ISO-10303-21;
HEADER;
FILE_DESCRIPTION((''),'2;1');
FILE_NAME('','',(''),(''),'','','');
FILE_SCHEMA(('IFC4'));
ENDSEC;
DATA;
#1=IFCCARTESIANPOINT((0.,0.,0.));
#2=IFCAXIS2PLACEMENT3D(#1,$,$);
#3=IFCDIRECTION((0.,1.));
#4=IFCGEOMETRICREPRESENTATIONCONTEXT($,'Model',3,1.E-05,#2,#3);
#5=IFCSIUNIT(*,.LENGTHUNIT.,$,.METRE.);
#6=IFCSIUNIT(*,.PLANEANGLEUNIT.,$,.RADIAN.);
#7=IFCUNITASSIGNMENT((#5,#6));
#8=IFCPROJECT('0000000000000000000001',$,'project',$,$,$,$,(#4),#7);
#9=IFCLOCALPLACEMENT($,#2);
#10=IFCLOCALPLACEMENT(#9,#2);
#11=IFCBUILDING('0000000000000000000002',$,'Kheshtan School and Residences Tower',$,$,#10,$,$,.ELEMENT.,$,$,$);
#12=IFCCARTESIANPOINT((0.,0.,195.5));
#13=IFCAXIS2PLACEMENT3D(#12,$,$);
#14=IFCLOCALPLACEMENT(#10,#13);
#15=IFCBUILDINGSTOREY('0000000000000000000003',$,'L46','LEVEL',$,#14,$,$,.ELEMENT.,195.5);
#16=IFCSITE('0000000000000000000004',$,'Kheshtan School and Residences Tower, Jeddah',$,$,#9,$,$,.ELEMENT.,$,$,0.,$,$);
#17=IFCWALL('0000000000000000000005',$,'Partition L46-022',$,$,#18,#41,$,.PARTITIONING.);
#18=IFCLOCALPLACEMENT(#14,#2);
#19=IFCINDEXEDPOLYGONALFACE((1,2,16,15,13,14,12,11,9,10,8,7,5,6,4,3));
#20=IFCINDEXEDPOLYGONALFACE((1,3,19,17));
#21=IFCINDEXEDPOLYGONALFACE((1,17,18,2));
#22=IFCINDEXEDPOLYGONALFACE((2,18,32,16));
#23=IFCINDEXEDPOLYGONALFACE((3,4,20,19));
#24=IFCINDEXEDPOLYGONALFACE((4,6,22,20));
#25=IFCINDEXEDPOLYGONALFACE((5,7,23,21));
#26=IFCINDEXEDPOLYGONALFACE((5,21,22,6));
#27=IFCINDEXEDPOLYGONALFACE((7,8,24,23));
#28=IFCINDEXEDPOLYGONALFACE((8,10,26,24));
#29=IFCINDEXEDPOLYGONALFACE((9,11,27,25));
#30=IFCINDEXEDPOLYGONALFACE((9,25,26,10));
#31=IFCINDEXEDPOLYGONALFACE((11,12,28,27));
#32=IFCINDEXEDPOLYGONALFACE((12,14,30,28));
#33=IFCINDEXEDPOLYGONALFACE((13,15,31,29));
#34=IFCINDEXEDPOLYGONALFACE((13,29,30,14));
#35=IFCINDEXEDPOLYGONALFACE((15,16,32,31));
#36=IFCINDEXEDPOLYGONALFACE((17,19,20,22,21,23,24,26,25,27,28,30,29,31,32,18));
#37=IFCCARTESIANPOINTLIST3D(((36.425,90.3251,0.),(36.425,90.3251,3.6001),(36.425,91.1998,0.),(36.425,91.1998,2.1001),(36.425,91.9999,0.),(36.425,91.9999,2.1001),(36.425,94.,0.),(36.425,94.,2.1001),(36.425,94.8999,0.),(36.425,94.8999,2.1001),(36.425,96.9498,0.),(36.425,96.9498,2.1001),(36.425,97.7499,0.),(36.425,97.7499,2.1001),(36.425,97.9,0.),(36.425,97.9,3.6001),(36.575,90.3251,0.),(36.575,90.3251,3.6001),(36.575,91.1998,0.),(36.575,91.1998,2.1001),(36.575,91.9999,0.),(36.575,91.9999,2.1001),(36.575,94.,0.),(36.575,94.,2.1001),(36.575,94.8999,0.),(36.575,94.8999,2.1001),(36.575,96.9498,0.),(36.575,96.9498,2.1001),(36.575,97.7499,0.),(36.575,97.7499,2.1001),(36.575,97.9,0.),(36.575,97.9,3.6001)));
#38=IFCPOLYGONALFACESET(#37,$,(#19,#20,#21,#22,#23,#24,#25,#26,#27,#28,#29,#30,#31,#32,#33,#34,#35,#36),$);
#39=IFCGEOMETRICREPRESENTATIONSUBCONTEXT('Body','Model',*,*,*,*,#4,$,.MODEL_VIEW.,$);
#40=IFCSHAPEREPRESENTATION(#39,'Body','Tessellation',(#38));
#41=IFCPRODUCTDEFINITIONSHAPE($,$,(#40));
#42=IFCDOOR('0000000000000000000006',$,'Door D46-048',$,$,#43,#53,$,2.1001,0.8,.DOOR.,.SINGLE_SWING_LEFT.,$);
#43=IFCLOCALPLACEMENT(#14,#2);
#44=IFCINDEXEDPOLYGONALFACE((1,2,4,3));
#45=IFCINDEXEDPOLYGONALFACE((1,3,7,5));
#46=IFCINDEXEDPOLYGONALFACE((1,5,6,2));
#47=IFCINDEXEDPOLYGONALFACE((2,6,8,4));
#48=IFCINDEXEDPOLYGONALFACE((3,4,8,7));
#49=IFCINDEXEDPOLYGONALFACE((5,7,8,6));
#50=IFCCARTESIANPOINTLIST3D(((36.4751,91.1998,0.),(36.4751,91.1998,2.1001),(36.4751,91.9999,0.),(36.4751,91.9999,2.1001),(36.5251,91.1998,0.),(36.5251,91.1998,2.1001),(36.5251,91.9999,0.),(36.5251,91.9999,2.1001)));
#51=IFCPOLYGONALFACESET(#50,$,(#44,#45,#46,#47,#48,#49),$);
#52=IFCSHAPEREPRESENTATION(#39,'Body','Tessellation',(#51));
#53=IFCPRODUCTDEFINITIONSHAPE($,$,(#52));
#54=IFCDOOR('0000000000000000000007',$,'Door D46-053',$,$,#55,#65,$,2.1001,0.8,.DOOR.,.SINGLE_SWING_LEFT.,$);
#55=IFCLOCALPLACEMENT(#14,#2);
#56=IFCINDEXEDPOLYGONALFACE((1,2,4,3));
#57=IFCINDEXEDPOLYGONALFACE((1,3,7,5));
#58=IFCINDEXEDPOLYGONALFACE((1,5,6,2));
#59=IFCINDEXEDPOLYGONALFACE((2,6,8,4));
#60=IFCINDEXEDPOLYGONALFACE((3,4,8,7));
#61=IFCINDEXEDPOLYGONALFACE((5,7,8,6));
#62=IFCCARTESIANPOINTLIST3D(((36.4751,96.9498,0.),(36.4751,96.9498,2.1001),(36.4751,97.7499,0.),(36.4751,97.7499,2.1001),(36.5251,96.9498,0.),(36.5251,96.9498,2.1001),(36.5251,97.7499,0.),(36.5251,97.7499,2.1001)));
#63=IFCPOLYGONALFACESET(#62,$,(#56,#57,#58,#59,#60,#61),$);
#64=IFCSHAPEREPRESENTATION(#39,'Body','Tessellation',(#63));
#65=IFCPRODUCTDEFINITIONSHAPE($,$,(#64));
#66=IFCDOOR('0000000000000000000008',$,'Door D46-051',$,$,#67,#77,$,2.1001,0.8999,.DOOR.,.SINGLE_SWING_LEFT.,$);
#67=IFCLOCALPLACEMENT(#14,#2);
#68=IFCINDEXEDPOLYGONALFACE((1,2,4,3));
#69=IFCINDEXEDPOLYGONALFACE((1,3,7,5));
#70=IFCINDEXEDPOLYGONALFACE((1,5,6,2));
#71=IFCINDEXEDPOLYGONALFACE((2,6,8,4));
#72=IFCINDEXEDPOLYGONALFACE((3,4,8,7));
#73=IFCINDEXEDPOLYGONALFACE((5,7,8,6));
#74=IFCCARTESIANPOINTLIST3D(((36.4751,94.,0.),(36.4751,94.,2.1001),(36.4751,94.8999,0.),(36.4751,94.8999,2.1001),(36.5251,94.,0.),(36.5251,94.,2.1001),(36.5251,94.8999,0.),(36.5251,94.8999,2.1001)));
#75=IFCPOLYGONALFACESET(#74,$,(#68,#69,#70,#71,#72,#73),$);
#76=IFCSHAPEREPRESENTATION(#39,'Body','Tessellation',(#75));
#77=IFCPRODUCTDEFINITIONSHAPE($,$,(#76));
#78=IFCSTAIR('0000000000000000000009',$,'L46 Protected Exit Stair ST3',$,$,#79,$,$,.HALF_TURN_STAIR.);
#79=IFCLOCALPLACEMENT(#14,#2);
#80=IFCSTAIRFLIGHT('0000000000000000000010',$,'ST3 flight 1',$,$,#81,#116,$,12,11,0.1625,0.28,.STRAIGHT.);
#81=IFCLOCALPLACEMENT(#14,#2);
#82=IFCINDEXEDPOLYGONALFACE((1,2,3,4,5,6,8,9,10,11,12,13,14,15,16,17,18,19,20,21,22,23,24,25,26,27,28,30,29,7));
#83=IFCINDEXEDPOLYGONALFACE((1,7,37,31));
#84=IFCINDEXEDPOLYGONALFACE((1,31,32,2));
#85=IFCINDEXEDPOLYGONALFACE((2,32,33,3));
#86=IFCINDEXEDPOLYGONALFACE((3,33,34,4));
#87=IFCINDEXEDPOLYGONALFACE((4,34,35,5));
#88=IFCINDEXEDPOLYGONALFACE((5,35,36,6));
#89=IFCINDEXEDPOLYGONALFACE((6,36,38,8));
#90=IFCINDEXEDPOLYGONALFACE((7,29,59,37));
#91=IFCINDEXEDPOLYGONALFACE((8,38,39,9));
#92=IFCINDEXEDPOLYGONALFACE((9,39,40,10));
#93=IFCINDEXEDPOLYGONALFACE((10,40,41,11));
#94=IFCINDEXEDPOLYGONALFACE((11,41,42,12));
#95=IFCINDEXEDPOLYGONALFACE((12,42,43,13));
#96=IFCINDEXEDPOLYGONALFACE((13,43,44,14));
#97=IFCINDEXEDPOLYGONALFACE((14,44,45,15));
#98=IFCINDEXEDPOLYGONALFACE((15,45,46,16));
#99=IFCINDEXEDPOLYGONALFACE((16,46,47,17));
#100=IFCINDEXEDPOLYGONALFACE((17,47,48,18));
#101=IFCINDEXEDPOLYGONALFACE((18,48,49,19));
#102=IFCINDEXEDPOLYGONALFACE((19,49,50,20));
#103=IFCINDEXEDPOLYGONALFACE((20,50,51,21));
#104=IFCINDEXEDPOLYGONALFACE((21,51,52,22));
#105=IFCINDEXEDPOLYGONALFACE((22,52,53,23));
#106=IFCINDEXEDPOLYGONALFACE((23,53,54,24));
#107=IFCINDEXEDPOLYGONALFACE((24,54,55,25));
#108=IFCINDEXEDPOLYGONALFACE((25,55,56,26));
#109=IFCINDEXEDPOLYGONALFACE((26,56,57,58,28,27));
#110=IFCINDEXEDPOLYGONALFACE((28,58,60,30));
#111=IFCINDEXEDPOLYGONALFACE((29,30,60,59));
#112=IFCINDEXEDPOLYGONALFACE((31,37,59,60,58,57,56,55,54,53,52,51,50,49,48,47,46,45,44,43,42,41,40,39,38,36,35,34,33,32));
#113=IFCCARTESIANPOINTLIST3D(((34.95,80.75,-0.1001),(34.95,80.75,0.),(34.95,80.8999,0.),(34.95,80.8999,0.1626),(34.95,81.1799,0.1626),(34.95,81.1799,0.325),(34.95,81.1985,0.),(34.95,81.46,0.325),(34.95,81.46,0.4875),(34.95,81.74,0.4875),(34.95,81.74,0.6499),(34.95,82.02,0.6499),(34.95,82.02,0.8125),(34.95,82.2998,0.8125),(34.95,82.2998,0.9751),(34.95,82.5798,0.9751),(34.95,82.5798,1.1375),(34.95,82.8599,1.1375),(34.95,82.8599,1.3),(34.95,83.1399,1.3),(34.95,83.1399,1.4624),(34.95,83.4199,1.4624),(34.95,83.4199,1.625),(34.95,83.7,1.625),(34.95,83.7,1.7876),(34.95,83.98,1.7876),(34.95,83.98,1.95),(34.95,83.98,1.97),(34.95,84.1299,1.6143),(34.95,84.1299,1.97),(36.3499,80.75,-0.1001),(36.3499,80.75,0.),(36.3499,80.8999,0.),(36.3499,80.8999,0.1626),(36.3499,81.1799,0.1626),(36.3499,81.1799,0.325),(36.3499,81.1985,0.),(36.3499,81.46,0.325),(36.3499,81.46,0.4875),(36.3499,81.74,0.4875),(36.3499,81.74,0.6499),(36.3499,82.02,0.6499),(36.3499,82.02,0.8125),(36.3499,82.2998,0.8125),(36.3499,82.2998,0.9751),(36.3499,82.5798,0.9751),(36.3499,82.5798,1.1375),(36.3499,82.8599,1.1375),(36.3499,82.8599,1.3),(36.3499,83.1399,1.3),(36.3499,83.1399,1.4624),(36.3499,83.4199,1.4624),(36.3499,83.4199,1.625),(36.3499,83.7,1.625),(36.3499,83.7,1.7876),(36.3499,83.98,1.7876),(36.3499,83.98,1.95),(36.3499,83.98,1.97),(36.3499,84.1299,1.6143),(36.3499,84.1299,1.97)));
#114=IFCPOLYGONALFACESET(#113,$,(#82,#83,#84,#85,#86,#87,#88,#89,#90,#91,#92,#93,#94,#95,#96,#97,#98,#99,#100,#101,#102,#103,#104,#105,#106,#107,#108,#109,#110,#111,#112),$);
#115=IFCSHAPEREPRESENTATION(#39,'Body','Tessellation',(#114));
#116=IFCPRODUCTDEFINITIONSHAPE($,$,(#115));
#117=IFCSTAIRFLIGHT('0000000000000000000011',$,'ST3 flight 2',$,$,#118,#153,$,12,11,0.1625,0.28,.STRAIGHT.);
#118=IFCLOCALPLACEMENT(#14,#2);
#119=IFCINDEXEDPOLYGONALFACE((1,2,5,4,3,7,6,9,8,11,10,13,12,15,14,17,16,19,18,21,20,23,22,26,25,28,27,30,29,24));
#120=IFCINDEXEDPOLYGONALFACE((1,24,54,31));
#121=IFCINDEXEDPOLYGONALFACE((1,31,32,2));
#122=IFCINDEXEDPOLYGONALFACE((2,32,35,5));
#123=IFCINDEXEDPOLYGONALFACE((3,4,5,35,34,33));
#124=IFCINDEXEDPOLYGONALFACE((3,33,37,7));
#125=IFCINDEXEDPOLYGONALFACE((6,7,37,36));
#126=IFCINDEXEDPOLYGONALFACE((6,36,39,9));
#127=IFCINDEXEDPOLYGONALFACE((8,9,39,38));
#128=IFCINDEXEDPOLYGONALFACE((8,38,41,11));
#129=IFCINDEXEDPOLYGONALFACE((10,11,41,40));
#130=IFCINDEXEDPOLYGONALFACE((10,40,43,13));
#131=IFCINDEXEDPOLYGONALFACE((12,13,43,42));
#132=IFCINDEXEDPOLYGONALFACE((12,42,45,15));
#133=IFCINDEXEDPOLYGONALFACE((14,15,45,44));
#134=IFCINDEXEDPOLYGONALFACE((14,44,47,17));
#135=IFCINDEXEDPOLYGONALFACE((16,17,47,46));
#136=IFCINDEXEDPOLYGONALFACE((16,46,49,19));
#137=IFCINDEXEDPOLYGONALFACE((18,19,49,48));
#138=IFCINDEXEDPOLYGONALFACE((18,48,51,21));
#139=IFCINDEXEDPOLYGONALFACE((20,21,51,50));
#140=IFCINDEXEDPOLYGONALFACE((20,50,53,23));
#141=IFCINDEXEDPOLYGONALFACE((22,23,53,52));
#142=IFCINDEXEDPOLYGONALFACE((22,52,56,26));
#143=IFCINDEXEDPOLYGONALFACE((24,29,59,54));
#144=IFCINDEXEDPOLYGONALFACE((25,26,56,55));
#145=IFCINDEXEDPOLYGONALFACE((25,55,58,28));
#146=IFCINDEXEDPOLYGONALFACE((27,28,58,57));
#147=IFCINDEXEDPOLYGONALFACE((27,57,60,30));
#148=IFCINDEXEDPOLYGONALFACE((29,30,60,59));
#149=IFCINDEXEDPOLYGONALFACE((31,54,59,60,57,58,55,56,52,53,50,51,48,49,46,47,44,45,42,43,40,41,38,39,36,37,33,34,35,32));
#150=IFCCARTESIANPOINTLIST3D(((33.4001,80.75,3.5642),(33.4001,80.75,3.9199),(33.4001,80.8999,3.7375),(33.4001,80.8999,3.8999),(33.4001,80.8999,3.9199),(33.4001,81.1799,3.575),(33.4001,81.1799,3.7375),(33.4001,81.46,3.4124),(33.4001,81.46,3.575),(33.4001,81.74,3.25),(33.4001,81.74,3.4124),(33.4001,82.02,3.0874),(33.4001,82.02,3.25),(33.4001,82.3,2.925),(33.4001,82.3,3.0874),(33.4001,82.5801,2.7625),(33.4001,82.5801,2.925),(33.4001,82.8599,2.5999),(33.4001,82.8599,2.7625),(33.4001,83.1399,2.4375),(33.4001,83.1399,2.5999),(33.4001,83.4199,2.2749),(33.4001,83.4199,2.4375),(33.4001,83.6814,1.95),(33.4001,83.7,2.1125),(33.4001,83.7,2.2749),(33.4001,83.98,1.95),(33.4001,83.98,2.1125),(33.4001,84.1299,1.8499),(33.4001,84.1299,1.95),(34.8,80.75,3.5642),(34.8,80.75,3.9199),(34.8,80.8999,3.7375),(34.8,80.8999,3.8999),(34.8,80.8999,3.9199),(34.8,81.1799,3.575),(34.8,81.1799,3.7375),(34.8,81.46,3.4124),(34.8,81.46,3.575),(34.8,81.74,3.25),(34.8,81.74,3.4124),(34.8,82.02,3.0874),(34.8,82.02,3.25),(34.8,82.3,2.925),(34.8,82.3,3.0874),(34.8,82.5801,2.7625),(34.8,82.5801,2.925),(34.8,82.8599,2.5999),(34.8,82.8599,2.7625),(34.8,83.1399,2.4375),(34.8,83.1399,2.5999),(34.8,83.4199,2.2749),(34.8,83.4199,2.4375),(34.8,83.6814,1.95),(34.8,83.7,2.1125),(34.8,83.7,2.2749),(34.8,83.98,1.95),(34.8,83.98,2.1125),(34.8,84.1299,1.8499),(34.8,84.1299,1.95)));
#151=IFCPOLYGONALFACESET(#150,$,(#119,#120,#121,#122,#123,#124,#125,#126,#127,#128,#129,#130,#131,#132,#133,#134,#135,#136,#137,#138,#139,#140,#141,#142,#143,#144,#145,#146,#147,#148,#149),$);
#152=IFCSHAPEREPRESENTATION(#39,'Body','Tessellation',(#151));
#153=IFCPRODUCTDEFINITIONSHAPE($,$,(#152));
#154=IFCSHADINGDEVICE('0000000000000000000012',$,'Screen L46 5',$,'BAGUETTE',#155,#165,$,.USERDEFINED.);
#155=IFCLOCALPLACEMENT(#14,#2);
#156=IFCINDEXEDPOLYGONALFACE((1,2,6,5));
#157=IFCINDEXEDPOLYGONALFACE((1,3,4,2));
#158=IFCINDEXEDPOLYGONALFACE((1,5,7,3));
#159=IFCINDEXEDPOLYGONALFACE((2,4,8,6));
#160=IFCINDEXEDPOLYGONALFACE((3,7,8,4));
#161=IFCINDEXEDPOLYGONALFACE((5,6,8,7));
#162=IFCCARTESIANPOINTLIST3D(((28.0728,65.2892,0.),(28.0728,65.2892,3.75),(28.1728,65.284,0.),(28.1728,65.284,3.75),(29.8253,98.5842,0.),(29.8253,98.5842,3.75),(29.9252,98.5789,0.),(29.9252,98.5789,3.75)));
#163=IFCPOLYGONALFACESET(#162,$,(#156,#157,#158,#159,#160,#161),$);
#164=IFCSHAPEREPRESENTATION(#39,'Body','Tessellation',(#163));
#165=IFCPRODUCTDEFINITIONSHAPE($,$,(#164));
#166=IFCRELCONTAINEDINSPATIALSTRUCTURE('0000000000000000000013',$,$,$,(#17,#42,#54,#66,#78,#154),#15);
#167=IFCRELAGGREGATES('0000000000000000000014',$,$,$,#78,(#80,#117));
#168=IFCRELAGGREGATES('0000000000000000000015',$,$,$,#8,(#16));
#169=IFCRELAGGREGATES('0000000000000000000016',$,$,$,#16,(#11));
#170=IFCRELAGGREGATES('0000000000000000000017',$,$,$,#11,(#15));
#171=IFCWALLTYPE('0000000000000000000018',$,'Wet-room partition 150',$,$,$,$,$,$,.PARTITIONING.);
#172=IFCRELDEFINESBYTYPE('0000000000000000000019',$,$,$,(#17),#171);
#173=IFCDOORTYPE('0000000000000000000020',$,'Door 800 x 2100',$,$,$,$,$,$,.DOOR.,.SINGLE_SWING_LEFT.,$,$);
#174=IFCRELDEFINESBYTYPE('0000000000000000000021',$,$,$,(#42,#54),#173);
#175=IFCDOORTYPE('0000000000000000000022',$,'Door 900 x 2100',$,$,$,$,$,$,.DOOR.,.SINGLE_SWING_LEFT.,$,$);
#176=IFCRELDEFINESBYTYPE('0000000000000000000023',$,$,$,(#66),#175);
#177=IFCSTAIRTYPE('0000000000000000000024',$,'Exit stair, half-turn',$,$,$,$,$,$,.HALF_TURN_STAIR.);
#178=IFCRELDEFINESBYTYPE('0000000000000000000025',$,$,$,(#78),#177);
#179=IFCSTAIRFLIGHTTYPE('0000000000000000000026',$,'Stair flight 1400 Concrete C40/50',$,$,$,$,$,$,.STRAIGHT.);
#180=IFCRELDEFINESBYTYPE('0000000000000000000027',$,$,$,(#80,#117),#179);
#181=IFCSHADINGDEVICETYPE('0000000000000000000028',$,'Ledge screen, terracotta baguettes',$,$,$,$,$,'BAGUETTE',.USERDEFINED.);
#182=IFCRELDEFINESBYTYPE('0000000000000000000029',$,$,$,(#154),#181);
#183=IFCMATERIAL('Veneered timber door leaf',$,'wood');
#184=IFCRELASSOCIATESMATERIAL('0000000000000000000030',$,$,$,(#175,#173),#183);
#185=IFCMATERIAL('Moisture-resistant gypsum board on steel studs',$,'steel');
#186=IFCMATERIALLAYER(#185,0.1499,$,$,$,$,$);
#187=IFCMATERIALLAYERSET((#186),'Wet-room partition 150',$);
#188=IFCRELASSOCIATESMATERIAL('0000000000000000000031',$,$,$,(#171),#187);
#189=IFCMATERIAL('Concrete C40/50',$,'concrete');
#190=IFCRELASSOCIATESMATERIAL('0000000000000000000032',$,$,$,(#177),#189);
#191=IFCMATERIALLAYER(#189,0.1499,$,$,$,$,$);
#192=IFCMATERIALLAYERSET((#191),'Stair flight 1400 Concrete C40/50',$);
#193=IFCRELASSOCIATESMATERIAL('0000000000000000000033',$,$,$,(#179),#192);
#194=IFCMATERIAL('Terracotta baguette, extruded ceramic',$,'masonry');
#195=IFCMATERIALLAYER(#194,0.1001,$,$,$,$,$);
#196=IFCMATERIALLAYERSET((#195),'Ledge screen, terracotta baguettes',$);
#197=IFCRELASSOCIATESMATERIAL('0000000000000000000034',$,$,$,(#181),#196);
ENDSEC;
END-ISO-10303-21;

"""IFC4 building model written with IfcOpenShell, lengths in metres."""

from ifc_helpers import new_model, si_unit, direction, frame, frame_2d, origin, origin_2d, place, context, subcontext, project, spatial, polyline, rectangle, outline, extrude, source, transform, mapped, material, layer, layer_set, type_object, element, fill, aggregate, save


model = new_model("IFC4")

# Units and contexts
model_context = context("Model", 3, precision=1e-05, world=origin(), true_north=direction((0.0, 1.0)))
body_context = subcontext(model_context, "Body", "Model", "MODEL_VIEW")
ifc_project = project(units=[si_unit("LENGTHUNIT", "METRE"), si_unit("PLANEANGLEUNIT", "RADIAN")], contexts=[model_context])

# Site, building, storey
site_placement = place(None, origin())
site = spatial("IfcSite", under=ifc_project, at=site_placement, Name="Kheshtan School and Residences Tower, Jeddah", CompositionType="ELEMENT", RefElevation=0.0)
building_placement = place(site_placement, origin())
building = spatial("IfcBuilding", under=site, at=building_placement, Name="Kheshtan School and Residences Tower", CompositionType="ELEMENT")
storey_placement = place(building_placement, frame((0.0, 0.0, 195.5)))
storey = spatial("IfcBuildingStorey", under=building, at=storey_placement, Name="L46", Description="LEVEL", CompositionType="ELEMENT", Elevation=195.5)

# Shared definitions
ifc_material_1 = material(Name="Veneered timber door leaf", Category="wood")
door_type_1 = type_object("IfcDoorType", Name="Door 900 x 2100", OperationType="SINGLE_SWING_LEFT", PredefinedType="DOOR", material=ifc_material_1)
shared_shape_1 = source(origin(), body_context, "Body", "SweptSolid", [
    extrude(rectangle(XDim=0.8999, YDim=2.1001, at=frame_2d((0.45, 1.05))), frame((0.0, 0.0249, 0.0), z_axis=(0.0, -1.0, 0.0), x_axis=(1.0, 0.0, 0.0)), (0.0, 0.0, 1.0), 0.05),
])

# Shared definitions
ifc_material_2 = material(Name="Concrete C40/50", Category="concrete")
ifc_material_3 = material(Name="Moisture-resistant gypsum board on steel studs", Category="steel")
ifc_layer_1 = layer(ifc_material_3, 0.1499)
ifc_layer_set_1 = layer_set([ifc_layer_1], Name="Wet-room partition 150")
wall_type_1 = type_object("IfcWallType", Name="Wet-room partition 150", PredefinedType="PARTITIONING", material=ifc_layer_set_1)

# Wall, openings, doors
wall_1_placement = place(storey_placement, frame((36.5, 90.325, 0.0), z_axis=(0.0, 0.0, 1.0), x_axis=(0.0, 1.0, 0.0)))
wall_1 = element("IfcWall", 1, at=wall_1_placement, inside=storey, type_object=wall_type_1, Name="Partition L46-022", PredefinedType="PARTITIONING", context=body_context, shape_type="SweptSolid", body=[
    extrude(rectangle(XDim=7.575, YDim=0.1499, at=frame_2d((3.7876, 0.0))), origin(), (0.0, 0.0, 1.0), 3.6001),
])
opening_1_placement = place(wall_1_placement, frame((0.875, 0.0, 0.0)))
opening_1 = element("IfcOpeningElement", 2, at=opening_1_placement, cuts=wall_1, PredefinedType="OPENING", context=body_context, shape_type="SweptSolid", body=[
    extrude(rectangle(XDim=0.8, YDim=2.1001, at=frame_2d((0.3999, 1.05))), frame((0.0, 0.085, 0.0), z_axis=(0.0, -1.0, 0.0), x_axis=(1.0, 0.0, 0.0)), (0.0, 0.0, 1.0), 0.1699),
])
opening_2_placement = place(wall_1_placement, frame((3.675, 0.0, 0.0)))
opening_2 = element("IfcOpeningElement", 3, at=opening_2_placement, cuts=wall_1, PredefinedType="OPENING", context=body_context, shape_type="SweptSolid", body=[
    extrude(rectangle(XDim=0.8999, YDim=2.1001, at=frame_2d((0.45, 1.05))), frame((0.0, 0.085, 0.0), z_axis=(0.0, -1.0, 0.0), x_axis=(1.0, 0.0, 0.0)), (0.0, 0.0, 1.0), 0.1699),
])
opening_3_placement = place(wall_1_placement, frame((6.625, 0.0, 0.0)))
opening_3 = element("IfcOpeningElement", 4, at=opening_3_placement, cuts=wall_1, PredefinedType="OPENING", context=body_context, shape_type="SweptSolid", body=[
    extrude(rectangle(XDim=0.8, YDim=2.1001, at=frame_2d((0.3999, 1.05))), frame((0.0, 0.085, 0.0), z_axis=(0.0, -1.0, 0.0), x_axis=(1.0, 0.0, 0.0)), (0.0, 0.0, 1.0), 0.1699),
])
door_type_2 = type_object("IfcDoorType", Name="Door 800 x 2100", OperationType="SINGLE_SWING_LEFT", PredefinedType="DOOR", material=ifc_material_1)
shared_shape_2 = source(origin(), body_context, "Body", "SweptSolid", [
    extrude(rectangle(XDim=0.8, YDim=2.1001, at=frame_2d((0.3999, 1.05))), frame((0.0, 0.0249, 0.0), z_axis=(0.0, -1.0, 0.0), x_axis=(1.0, 0.0, 0.0)), (0.0, 0.0, 1.0), 0.05),
])
door_1_placement = place(opening_1_placement, origin())
door_1 = element("IfcDoor", 5, at=door_1_placement, inside=storey, type_object=door_type_2, Name="Door D46-048", OperationType="SINGLE_SWING_LEFT", OverallHeight=2.1001, OverallWidth=0.8, PredefinedType="DOOR", context=body_context, shape_type="MappedRepresentation", body=[
    mapped(shared_shape_2, transform((0.0, 0.0, 0.0), x_axis=(1.0, 0.0, 0.0), y_axis=(0.0, 1.0, 0.0), z_axis=(0.0, 0.0, 1.0), scale=1.0)),
])
fill(opening_1, door_1)
door_2_placement = place(opening_3_placement, origin())
door_2 = element("IfcDoor", 6, at=door_2_placement, inside=storey, type_object=door_type_2, Name="Door D46-053", OperationType="SINGLE_SWING_LEFT", OverallHeight=2.1001, OverallWidth=0.8, PredefinedType="DOOR", context=body_context, shape_type="MappedRepresentation", body=[
    mapped(shared_shape_2, transform((0.0, 0.0, 0.0), x_axis=(1.0, 0.0, 0.0), y_axis=(0.0, 1.0, 0.0), z_axis=(0.0, 0.0, 1.0), scale=1.0)),
])
fill(opening_3, door_2)
door_3_placement = place(opening_2_placement, origin())
door_3 = element("IfcDoor", 7, at=door_3_placement, inside=storey, type_object=door_type_1, Name="Door D46-051", OperationType="SINGLE_SWING_LEFT", OverallHeight=2.1001, OverallWidth=0.8999, PredefinedType="DOOR", context=body_context, shape_type="MappedRepresentation", body=[
    mapped(shared_shape_1, transform((0.0, 0.0, 0.0), x_axis=(1.0, 0.0, 0.0), y_axis=(0.0, 1.0, 0.0), z_axis=(0.0, 0.0, 1.0), scale=1.0)),
])
fill(opening_2, door_3)

# Stair, stair flights
stair_type = type_object("IfcStairType", Name="Exit stair, half-turn", PredefinedType="HALF_TURN_STAIR", material=ifc_material_2)
stair_placement = place(storey_placement, origin())
stair = element("IfcStair", 8, at=stair_placement, inside=storey, type_object=stair_type, Name="L46 Protected Exit Stair ST3", PredefinedType="HALF_TURN_STAIR")
ifc_layer_2 = layer(ifc_material_2, 0.1499)
ifc_layer_set_2 = layer_set([ifc_layer_2], Name="Stair flight 1400 Concrete C40/50")
stair_flight_type = type_object("IfcStairFlightType", Name="Stair flight 1400 Concrete C40/50", PredefinedType="STRAIGHT", material=ifc_layer_set_2)
stair_flight_1_placement = place(storey_placement, frame((35.6499, 80.8999, 0.0), z_axis=(0.0, 0.0, 1.0), x_axis=(0.0, 1.0, 0.0)))
stair_flight_1 = element("IfcStairFlight", 9, at=stair_flight_1_placement, type_object=stair_flight_type, Name="ST3 flight 1", NumberOfRisers=12, NumberOfTreads=11, PredefinedType="STRAIGHT", RiserHeight=0.1625, TreadLength=0.28, context=body_context, shape_type="SweptSolid", body=[
    extrude(outline(polyline([(-0.1499, -0.1001), (-0.1499, 0.0), (0.0, 0.0), (0.0, 0.1626), (0.28, 0.1626), (0.28, 0.325), (0.5601, 0.325), (0.5601, 0.4875), (0.8401, 0.4875), (0.8401, 0.6499), (1.1201, 0.6499), (1.1201, 0.8125), (1.3999, 0.8125), (1.3999, 0.9751), (1.6799, 0.9751), (1.6799, 1.1375), (1.96, 1.1375), (1.96, 1.3), (2.24, 1.3), (2.24, 1.4624), (2.52, 1.4624), (2.52, 1.625), (2.8, 1.625), (2.8, 1.7876), (3.0801, 1.7876), (3.0801, 1.95), (3.0801, 1.97), (3.23, 1.97), (3.23, 1.6143), (0.2986, 0.0), (-0.1499, -0.1001)])), frame((0.0, 0.7, 0.0), z_axis=(0.0, -1.0, 0.0), x_axis=(1.0, 0.0, 0.0)), (0.0, 0.0, 1.0), 1.3999),
])
stair_flight_2_placement = place(storey_placement, frame((34.1001, 83.98, 1.95), z_axis=(0.0, 0.0, 1.0), x_axis=(0.0, -1.0, 0.0)))
stair_flight_2 = element("IfcStairFlight", 10, at=stair_flight_2_placement, type_object=stair_flight_type, Name="ST3 flight 2", NumberOfRisers=12, NumberOfTreads=11, PredefinedType="STRAIGHT", RiserHeight=0.1625, TreadLength=0.28, context=body_context, shape_type="SweptSolid", body=[
    extrude(outline(polyline([(-0.1499, -0.1001), (-0.1499, 0.0), (0.0, 0.0), (0.0, 0.1626), (0.28, 0.1626), (0.28, 0.325), (0.5601, 0.325), (0.5601, 0.4875), (0.8401, 0.4875), (0.8401, 0.6499), (1.1201, 0.6499), (1.1201, 0.8125), (1.3999, 0.8125), (1.3999, 0.9751), (1.6799, 0.9751), (1.6799, 1.1375), (1.96, 1.1375), (1.96, 1.3), (2.24, 1.3), (2.24, 1.4624), (2.52, 1.4624), (2.52, 1.625), (2.8, 1.625), (2.8, 1.7876), (3.0801, 1.7876), (3.0801, 1.95), (3.0801, 1.97), (3.23, 1.97), (3.23, 1.6143), (0.2986, 0.0), (-0.1499, -0.1001)])), frame((0.0, 0.7, 0.0), z_axis=(0.0, -1.0, 0.0), x_axis=(1.0, 0.0, 0.0)), (0.0, 0.0, 1.0), 1.3999),
])
aggregate(stair, [stair_flight_1, stair_flight_2])

# Shading device
ifc_material_4 = material(Name="Terracotta baguette, extruded ceramic", Category="masonry")
ifc_layer_3 = layer(ifc_material_4, 0.1001)
ifc_layer_set_3 = layer_set([ifc_layer_3], Name="Ledge screen, terracotta baguettes")
shading_device_type = type_object("IfcShadingDeviceType", Name="Ledge screen, terracotta baguettes", ElementType="BAGUETTE", PredefinedType="USERDEFINED", material=ifc_layer_set_3)
shading_device_placement = place(storey_placement, frame((28.999, 81.9341, 0.0), z_axis=(0.0, 0.0, 1.0), x_axis=(0.052563, 0.998618, 0.0)))
element("IfcShadingDevice", 11, at=shading_device_placement, inside=storey, type_object=shading_device_type, Name="Screen L46 5", ObjectType="BAGUETTE", PredefinedType="USERDEFINED", context=body_context, shape_type="SweptSolid", body=[
    extrude(rectangle(XDim=33.3411, YDim=0.1001, at=origin_2d()), origin(), (0.0, 0.0, 1.0), 3.75),
])

save(model, "model.ifc")
